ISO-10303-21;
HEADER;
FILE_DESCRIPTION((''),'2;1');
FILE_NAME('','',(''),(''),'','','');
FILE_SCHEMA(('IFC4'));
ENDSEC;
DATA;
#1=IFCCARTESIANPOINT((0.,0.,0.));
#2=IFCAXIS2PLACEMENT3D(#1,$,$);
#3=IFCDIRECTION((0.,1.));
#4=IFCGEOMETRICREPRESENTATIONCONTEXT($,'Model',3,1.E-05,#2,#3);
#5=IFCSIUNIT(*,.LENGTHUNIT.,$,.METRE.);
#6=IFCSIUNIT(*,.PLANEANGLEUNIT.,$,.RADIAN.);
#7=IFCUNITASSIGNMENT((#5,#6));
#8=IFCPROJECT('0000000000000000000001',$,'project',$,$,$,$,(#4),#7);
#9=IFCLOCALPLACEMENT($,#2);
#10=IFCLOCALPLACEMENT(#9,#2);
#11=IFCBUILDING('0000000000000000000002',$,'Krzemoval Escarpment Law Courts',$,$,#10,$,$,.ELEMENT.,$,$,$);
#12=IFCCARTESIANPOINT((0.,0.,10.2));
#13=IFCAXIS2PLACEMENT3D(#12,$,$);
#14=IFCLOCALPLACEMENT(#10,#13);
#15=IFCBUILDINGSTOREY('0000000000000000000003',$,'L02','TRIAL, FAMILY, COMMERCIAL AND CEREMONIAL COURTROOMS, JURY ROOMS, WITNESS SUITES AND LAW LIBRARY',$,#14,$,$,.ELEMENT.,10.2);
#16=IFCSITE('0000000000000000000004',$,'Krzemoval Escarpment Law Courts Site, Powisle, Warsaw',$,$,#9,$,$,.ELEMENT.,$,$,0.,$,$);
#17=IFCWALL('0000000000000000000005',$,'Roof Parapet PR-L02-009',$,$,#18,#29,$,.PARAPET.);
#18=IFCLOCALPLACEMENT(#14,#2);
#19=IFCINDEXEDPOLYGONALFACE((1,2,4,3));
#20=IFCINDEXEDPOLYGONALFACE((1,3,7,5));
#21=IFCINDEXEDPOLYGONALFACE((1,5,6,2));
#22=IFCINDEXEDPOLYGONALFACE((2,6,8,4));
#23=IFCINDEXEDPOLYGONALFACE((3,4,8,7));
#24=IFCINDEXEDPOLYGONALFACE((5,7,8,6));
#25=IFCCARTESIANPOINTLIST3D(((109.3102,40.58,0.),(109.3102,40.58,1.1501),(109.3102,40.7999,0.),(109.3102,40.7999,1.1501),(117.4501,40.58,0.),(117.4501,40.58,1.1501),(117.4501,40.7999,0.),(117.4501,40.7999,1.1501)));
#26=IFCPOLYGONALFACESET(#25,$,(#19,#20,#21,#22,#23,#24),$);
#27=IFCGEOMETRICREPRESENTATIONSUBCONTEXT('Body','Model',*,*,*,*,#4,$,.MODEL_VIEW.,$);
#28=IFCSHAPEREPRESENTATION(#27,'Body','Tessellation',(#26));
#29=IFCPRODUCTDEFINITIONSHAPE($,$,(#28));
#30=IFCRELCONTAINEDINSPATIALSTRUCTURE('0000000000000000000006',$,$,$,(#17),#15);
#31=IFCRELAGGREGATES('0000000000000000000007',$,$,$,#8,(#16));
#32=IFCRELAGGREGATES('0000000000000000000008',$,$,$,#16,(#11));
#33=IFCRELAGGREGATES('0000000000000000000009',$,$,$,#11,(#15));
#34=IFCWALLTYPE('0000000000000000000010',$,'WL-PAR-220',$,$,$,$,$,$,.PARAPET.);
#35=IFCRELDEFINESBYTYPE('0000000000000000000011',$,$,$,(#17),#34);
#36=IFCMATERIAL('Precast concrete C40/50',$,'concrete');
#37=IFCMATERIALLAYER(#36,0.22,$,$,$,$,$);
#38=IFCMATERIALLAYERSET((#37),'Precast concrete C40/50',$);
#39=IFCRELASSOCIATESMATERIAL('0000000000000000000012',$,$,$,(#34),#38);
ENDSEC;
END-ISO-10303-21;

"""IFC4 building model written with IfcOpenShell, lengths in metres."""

from ifc_helpers import new_model, si_unit, direction, frame, frame_2d, origin, place, context, subcontext, project, spatial, rectangle, extrude, material, layer, layer_set, type_object, element, save


model = new_model("IFC4")

# Units and contexts
model_context = context("Model", 3, precision=1e-05, world=origin(), true_north=direction((0.0, 1.0)))
body_context = subcontext(model_context, "Body", "Model", "MODEL_VIEW")
ifc_project = project(units=[si_unit("LENGTHUNIT", "METRE"), si_unit("PLANEANGLEUNIT", "RADIAN")], contexts=[model_context])

# Site, building, storey
site_placement = place(None, origin())
site = spatial("IfcSite", under=ifc_project, at=site_placement, Name="Krzemoval Escarpment Law Courts Site, Powisle, Warsaw", CompositionType="ELEMENT", RefElevation=0.0)
building_placement = place(site_placement, origin())
building = spatial("IfcBuilding", under=site, at=building_placement, Name="Krzemoval Escarpment Law Courts", CompositionType="ELEMENT")
storey_placement = place(building_placement, frame((0.0, 0.0, 10.2)))
storey = spatial("IfcBuildingStorey", under=building, at=storey_placement, Name="L02", Description="TRIAL, FAMILY, COMMERCIAL AND CEREMONIAL COURTROOMS, JURY ROOMS, WITNESS SUITES AND LAW LIBRARY", CompositionType="ELEMENT", Elevation=10.2)

# Wall
ifc_material_1 = material(Name="Precast concrete C40/50", Category="concrete")
ifc_layer_1 = layer(ifc_material_1, 0.22)
ifc_layer_set_1 = layer_set([ifc_layer_1], Name="Precast concrete C40/50")
wall_type_1 = type_object("IfcWallType", Name="WL-PAR-220", PredefinedType="PARAPET", material=ifc_layer_set_1)
wall_1_placement = place(storey_placement, frame((117.45, 40.6899, 0.0), z_axis=(0.0, 0.0, 1.0), x_axis=(-1.0, 0.0, 0.0)))
element("IfcWall", 1, at=wall_1_placement, inside=storey, type_object=wall_type_1, Name="Roof Parapet PR-L02-009", PredefinedType="PARAPET", context=body_context, shape_type="SweptSolid", body=[
    extrude(rectangle(XDim=8.1399, YDim=0.22, at=frame_2d((4.0698, 0.0))), origin(), (0.0, 0.0, 1.0), 1.1501),
])

save(model, "model.ifc")
